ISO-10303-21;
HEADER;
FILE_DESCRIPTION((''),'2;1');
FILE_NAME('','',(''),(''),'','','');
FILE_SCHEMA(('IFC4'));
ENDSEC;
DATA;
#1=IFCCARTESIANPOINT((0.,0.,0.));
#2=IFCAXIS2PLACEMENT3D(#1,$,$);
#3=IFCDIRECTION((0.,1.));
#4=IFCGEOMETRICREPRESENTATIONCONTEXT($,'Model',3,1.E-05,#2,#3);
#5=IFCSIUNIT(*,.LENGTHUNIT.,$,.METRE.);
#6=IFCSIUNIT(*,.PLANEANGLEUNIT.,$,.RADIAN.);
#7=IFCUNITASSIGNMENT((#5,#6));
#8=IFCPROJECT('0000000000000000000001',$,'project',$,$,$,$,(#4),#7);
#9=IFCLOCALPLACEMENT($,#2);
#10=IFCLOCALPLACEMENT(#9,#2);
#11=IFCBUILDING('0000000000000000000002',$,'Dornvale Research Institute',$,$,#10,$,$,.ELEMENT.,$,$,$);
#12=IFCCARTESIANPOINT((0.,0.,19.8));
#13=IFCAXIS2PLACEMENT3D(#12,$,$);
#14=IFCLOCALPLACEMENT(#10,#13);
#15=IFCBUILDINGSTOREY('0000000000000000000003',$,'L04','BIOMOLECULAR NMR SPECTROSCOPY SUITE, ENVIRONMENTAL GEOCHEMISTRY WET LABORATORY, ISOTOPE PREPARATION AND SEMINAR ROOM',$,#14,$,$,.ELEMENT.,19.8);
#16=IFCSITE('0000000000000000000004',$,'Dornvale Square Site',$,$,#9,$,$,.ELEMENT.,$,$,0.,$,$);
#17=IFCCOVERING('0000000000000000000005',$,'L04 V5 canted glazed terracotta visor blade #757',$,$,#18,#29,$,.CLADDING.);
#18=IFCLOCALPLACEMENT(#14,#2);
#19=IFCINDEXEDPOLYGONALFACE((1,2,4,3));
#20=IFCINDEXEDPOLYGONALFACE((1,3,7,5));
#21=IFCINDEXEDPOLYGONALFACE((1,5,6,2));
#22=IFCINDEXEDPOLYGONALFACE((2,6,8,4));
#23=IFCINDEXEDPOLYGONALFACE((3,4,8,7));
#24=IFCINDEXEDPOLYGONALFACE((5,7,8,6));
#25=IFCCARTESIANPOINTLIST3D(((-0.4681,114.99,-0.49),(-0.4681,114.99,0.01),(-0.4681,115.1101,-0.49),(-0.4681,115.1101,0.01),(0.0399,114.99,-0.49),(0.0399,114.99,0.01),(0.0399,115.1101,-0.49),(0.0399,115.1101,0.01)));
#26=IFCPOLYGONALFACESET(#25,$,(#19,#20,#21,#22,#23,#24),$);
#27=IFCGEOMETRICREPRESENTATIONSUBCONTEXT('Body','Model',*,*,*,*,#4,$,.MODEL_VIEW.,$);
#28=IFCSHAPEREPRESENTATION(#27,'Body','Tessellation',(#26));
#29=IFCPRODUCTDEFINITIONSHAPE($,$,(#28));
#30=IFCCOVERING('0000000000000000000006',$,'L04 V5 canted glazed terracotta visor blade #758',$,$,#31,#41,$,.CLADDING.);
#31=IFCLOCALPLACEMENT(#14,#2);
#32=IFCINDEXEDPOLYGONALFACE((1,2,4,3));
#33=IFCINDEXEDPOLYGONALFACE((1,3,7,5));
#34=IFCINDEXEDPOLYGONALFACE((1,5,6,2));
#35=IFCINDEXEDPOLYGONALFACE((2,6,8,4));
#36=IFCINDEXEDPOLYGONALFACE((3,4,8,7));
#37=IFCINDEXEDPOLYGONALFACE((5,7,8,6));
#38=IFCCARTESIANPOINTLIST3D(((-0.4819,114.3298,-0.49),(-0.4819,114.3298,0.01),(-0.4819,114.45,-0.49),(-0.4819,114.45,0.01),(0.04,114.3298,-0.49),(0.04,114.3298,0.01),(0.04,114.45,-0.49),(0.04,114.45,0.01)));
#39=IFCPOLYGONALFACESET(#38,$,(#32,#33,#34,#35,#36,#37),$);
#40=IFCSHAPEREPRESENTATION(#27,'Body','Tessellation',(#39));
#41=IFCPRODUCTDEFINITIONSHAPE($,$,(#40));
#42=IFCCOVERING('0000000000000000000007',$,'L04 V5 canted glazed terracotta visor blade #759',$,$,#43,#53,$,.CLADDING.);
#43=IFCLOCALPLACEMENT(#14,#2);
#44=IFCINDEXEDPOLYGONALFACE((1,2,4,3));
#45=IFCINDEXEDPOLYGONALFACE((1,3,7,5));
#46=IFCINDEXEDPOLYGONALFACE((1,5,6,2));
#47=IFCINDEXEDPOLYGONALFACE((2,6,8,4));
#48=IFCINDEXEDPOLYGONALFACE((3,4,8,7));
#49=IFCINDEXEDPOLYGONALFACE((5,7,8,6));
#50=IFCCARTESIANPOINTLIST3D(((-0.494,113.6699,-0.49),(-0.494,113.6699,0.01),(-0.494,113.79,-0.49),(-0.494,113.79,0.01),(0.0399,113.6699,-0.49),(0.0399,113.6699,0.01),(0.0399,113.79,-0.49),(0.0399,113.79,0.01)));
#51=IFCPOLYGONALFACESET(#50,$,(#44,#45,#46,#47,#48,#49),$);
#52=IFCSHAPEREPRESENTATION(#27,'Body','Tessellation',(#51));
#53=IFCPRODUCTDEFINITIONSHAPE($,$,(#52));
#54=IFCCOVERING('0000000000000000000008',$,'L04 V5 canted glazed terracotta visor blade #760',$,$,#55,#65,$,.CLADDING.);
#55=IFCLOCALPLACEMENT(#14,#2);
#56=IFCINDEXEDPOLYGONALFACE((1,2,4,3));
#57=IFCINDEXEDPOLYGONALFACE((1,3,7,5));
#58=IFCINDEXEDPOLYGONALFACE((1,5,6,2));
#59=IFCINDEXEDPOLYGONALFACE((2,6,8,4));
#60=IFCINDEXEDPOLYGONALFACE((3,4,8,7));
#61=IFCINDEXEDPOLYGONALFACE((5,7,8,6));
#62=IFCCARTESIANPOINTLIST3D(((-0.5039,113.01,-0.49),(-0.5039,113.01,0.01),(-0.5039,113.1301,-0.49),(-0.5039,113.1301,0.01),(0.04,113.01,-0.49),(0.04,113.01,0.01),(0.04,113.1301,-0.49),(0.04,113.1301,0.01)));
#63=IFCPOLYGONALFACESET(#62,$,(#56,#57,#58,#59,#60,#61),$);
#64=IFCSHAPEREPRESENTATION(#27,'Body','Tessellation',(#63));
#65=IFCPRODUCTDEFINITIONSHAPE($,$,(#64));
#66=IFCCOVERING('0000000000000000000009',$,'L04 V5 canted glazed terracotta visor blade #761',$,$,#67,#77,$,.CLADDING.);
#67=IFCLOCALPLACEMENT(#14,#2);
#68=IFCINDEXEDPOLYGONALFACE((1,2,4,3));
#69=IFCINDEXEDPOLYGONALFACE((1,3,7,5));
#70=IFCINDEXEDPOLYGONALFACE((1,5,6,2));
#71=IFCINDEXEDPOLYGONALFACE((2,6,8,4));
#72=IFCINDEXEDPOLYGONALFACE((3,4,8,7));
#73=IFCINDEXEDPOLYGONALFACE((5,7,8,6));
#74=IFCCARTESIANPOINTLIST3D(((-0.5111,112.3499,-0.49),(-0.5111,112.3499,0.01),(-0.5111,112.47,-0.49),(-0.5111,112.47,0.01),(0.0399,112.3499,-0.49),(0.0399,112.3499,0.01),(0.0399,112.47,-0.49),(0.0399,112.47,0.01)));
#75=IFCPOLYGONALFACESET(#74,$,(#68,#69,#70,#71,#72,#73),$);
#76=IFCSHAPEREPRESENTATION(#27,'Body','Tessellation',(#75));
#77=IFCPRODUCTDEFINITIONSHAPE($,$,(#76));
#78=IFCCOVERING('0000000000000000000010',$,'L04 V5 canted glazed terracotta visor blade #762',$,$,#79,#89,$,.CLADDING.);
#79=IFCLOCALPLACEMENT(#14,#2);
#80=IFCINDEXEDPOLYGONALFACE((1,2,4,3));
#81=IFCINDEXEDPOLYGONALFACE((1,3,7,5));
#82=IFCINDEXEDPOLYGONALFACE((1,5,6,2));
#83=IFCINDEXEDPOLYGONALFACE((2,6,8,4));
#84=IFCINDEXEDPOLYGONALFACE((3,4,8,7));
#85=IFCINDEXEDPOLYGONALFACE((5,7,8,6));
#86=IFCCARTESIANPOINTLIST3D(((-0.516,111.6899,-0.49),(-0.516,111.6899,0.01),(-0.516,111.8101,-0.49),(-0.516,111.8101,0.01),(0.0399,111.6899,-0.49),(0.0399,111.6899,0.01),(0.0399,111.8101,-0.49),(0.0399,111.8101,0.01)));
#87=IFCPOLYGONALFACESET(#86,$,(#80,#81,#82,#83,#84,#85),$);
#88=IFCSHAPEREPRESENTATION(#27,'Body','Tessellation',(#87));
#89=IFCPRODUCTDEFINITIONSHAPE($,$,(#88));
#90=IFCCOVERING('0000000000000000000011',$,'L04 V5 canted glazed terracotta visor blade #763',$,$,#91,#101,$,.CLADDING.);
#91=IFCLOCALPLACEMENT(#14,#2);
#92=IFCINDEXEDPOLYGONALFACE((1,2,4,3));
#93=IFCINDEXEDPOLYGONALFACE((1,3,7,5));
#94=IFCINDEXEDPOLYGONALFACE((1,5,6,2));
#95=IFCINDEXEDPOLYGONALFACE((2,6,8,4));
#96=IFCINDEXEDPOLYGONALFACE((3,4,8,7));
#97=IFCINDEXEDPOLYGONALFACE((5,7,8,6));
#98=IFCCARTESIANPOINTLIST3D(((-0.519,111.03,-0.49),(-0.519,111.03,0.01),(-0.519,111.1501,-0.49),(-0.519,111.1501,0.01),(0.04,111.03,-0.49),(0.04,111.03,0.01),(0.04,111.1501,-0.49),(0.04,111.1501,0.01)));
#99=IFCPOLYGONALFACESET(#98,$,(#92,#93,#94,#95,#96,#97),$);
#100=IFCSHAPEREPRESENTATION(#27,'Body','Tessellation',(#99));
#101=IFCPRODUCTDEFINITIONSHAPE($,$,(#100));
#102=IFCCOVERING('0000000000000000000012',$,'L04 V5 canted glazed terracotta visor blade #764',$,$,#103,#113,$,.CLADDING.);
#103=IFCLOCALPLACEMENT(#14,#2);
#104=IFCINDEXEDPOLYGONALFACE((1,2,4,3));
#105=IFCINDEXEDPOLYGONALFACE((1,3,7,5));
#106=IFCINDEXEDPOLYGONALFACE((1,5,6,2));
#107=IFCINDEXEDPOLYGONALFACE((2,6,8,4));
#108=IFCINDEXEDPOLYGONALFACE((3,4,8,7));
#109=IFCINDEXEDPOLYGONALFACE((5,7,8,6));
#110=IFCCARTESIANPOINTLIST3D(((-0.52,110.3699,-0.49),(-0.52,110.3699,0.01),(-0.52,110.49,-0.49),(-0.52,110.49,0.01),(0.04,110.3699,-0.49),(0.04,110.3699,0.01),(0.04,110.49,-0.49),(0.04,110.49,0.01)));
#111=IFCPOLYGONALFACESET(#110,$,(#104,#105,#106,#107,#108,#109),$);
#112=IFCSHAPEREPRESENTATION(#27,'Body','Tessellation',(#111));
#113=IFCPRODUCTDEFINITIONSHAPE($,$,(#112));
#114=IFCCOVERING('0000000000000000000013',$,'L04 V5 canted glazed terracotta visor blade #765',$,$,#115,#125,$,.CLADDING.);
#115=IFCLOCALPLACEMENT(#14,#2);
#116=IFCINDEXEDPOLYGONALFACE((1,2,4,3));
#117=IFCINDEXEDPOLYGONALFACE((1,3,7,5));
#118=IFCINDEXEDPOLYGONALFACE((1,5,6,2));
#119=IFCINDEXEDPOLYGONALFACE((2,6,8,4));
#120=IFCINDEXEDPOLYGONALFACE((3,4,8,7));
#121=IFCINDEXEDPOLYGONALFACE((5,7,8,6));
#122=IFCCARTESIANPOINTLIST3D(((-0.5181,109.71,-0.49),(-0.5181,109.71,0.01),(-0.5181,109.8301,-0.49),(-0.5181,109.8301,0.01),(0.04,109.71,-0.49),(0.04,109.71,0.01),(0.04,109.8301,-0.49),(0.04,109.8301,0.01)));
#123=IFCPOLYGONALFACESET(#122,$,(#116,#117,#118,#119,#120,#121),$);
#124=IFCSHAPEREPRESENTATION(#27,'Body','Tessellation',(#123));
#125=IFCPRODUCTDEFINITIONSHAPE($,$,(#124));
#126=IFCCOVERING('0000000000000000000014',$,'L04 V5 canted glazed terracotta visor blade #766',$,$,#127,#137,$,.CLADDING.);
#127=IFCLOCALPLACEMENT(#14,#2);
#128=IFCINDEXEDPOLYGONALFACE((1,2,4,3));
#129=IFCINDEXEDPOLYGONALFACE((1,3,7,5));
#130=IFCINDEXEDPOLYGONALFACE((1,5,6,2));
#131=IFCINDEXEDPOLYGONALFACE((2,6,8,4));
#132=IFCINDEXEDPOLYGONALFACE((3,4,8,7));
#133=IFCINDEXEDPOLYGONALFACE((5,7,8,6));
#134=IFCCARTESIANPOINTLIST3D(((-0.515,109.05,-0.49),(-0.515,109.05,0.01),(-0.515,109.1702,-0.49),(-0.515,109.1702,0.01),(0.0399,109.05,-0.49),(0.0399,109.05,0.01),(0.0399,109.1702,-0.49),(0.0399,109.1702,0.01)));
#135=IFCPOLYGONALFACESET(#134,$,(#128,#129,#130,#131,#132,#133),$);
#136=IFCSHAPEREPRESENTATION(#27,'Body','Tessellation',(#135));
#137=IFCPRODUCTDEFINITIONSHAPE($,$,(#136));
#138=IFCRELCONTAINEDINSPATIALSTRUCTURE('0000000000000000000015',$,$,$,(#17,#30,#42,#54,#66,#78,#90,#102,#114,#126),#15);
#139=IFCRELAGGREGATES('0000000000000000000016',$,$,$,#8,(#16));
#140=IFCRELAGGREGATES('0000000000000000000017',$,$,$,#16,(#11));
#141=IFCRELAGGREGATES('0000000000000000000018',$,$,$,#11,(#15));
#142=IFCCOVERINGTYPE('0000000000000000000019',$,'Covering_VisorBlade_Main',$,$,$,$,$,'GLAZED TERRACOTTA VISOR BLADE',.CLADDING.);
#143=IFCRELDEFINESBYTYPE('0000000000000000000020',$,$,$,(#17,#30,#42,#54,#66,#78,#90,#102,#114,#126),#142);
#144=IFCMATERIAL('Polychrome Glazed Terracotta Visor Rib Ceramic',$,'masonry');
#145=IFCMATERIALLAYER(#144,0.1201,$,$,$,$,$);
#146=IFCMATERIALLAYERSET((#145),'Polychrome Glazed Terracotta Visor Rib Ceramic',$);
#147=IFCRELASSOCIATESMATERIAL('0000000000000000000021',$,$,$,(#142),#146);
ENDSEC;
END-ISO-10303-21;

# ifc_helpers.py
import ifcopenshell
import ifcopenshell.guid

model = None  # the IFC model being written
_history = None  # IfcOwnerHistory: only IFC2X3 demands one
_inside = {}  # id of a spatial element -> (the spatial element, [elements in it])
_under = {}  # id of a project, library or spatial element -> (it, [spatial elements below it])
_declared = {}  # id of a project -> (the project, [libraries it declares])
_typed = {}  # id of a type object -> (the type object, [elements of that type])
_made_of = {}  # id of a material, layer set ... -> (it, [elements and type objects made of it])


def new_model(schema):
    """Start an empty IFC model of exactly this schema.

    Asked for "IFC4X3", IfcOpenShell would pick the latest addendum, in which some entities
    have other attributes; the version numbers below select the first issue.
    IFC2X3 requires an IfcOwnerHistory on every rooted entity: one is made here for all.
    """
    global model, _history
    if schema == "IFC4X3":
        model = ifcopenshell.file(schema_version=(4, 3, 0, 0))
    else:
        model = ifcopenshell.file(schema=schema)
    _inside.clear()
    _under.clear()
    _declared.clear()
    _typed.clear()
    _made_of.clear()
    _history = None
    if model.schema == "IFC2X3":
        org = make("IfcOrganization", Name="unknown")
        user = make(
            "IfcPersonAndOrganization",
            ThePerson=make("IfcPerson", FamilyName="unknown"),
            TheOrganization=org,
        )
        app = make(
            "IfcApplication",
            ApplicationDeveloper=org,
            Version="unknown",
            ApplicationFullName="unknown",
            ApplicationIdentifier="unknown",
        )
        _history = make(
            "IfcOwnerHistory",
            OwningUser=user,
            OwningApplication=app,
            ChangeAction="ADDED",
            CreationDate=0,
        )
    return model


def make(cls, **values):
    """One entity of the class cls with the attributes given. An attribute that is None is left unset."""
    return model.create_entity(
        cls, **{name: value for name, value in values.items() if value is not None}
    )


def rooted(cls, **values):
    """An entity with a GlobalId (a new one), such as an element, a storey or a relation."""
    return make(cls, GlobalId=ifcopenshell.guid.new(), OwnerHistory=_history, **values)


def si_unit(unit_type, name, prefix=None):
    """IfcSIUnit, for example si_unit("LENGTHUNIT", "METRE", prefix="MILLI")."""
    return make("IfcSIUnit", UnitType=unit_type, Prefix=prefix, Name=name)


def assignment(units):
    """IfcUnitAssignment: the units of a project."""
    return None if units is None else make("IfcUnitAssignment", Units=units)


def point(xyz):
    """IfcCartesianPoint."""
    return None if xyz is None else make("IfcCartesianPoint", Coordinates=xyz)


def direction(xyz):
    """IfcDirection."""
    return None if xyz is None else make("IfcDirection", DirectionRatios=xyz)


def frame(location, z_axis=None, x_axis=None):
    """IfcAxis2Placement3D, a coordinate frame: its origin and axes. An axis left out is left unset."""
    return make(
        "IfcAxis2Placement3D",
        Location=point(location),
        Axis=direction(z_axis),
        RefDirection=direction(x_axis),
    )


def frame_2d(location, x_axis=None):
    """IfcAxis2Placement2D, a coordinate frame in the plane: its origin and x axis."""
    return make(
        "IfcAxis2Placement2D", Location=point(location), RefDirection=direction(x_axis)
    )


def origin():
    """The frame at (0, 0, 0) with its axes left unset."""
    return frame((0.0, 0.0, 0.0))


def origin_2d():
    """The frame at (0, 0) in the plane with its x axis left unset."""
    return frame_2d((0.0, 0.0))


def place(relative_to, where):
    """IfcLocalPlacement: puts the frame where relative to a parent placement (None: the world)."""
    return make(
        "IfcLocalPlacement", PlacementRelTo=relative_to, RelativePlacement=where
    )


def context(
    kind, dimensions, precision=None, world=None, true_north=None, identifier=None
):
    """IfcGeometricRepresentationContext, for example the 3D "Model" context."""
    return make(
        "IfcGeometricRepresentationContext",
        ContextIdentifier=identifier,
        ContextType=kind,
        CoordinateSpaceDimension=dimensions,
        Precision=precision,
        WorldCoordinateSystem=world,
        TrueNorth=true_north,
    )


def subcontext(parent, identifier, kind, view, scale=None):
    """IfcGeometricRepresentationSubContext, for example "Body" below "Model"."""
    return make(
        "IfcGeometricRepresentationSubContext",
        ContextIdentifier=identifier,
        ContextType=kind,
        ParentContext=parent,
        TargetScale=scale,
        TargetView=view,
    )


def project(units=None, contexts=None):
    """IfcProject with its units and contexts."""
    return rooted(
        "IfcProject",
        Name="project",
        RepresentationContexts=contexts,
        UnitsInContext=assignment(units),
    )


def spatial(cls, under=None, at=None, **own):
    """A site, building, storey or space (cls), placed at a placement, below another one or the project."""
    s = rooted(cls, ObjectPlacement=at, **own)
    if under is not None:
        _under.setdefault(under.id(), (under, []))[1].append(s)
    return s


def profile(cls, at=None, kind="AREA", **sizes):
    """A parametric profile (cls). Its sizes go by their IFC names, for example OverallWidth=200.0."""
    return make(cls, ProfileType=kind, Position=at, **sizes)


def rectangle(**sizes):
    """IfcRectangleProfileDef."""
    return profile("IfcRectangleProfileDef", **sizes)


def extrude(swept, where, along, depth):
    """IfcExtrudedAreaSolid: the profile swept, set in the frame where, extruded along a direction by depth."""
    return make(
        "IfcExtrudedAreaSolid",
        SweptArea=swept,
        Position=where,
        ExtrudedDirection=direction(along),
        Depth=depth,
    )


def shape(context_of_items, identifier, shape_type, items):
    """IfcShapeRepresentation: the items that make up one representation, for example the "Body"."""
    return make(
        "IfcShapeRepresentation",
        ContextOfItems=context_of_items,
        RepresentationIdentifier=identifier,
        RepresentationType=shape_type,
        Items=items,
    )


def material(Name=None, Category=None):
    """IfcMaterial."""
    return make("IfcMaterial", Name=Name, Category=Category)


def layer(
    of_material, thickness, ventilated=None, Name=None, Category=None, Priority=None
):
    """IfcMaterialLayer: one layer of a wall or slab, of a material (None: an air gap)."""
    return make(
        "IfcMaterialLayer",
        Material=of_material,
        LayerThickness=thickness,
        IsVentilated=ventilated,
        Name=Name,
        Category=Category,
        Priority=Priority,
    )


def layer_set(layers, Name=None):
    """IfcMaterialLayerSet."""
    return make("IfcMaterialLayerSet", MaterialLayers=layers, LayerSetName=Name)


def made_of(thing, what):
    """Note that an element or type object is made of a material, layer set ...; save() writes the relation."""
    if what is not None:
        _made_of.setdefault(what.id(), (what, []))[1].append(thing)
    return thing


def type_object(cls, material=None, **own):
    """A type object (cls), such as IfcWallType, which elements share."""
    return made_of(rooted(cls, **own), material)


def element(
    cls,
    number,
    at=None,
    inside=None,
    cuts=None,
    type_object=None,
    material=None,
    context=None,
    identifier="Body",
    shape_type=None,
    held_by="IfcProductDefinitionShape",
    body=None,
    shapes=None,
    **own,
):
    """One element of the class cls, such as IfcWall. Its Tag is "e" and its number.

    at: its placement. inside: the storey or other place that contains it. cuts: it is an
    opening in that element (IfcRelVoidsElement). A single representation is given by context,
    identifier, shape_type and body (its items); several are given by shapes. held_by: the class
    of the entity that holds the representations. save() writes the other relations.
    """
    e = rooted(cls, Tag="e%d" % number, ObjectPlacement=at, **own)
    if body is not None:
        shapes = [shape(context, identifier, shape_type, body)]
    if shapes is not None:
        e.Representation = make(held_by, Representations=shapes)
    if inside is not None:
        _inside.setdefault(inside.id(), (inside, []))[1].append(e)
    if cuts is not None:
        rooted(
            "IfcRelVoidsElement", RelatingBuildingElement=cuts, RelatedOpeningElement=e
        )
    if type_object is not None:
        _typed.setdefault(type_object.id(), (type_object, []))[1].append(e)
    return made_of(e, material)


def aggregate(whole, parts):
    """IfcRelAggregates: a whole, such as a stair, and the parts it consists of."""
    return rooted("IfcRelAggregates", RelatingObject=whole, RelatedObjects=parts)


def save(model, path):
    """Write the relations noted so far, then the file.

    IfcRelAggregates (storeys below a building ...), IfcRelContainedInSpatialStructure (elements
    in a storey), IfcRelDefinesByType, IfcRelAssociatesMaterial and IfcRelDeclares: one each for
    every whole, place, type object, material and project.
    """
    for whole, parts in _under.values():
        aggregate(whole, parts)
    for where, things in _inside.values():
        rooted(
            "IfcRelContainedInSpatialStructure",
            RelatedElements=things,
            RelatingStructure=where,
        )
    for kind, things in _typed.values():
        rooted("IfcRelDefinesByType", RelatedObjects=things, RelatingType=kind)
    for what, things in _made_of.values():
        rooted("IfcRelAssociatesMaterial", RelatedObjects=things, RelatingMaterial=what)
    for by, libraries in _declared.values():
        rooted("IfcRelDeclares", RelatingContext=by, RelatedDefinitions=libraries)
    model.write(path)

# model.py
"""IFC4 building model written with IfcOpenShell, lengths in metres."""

from ifc_helpers import new_model, si_unit, direction, frame, origin, origin_2d, place, context, subcontext, project, spatial, rectangle, extrude, material, layer, layer_set, type_object, element, save


model = new_model("IFC4")

# Units and contexts
model_context = context("Model", 3, precision=1e-05, world=origin(), true_north=direction((0.0, 1.0)))
body_context = subcontext(model_context, "Body", "Model", "MODEL_VIEW")
ifc_project = project(units=[si_unit("LENGTHUNIT", "METRE"), si_unit("PLANEANGLEUNIT", "RADIAN")], contexts=[model_context])

# Site, building, storey
site_placement = place(None, origin())
site = spatial("IfcSite", under=ifc_project, at=site_placement, Name="Dornvale Square Site", CompositionType="ELEMENT", RefElevation=0.0)
building_placement = place(site_placement, origin())
building = spatial("IfcBuilding", under=site, at=building_placement, Name="Dornvale Research Institute", CompositionType="ELEMENT")
storey_placement = place(building_placement, frame((0.0, 0.0, 19.8)))
storey = spatial("IfcBuildingStorey", under=building, at=storey_placement, Name="L04", Description="BIOMOLECULAR NMR SPECTROSCOPY SUITE, ENVIRONMENTAL GEOCHEMISTRY WET LABORATORY, ISOTOPE PREPARATION AND SEMINAR ROOM", CompositionType="ELEMENT", Elevation=19.8)

# Coverings
ifc_material_1 = material(Name="Polychrome Glazed Terracotta Visor Rib Ceramic", Category="masonry")
ifc_layer_1 = layer(ifc_material_1, 0.1201)
ifc_layer_set_1 = layer_set([ifc_layer_1], Name="Polychrome Glazed Terracotta Visor Rib Ceramic")
covering_type = type_object("IfcCoveringType", Name="Covering_VisorBlade_Main", ElementType="GLAZED TERRACOTTA VISOR BLADE", PredefinedType="CLADDING", material=ifc_layer_set_1)
covering_1_placement = place(storey_placement, frame((-0.2141, 115.05, -0.49), z_axis=(0.0, 0.0, 1.0), x_axis=(1.0, 0.0, 0.0)))
element("IfcCovering", 1, at=covering_1_placement, inside=storey, type_object=covering_type, Name="L04 V5 canted glazed terracotta visor blade #757", PredefinedType="CLADDING", context=body_context, shape_type="SweptSolid", body=[
    extrude(rectangle(XDim=0.5081, YDim=0.1201, at=origin_2d()), origin(), (0.0, 0.0, 1.0), 0.5),
])
covering_2_placement = place(storey_placement, frame((-0.2209, 114.3899, -0.49), z_axis=(0.0, 0.0, 1.0), x_axis=(1.0, 0.0, 0.0)))
element("IfcCovering", 2, at=covering_2_placement, inside=storey, type_object=covering_type, Name="L04 V5 canted glazed terracotta visor blade #758", PredefinedType="CLADDING", context=body_context, shape_type="SweptSolid", body=[
    extrude(rectangle(XDim=0.522, YDim=0.1201, at=origin_2d()), origin(), (0.0, 0.0, 1.0), 0.5),
])
covering_3_placement = place(storey_placement, frame((-0.2271, 113.73, -0.49), z_axis=(0.0, 0.0, 1.0), x_axis=(1.0, 0.0, 0.0)))
element("IfcCovering", 3, at=covering_3_placement, inside=storey, type_object=covering_type, Name="L04 V5 canted glazed terracotta visor blade #759", PredefinedType="CLADDING", context=body_context, shape_type="SweptSolid", body=[
    extrude(rectangle(XDim=0.5339, YDim=0.1201, at=origin_2d()), origin(), (0.0, 0.0, 1.0), 0.5),
])
covering_4_placement = place(storey_placement, frame((-0.2319, 113.0701, -0.49), z_axis=(0.0, 0.0, 1.0), x_axis=(1.0, 0.0, 0.0)))
element("IfcCovering", 4, at=covering_4_placement, inside=storey, type_object=covering_type, Name="L04 V5 canted glazed terracotta visor blade #760", PredefinedType="CLADDING", context=body_context, shape_type="SweptSolid", body=[
    extrude(rectangle(XDim=0.5439, YDim=0.1201, at=origin_2d()), origin(), (0.0, 0.0, 1.0), 0.5),
])
covering_5_placement = place(storey_placement, frame((-0.2356, 112.4099, -0.49), z_axis=(0.0, 0.0, 1.0), x_axis=(1.0, 0.0, 0.0)))
element("IfcCovering", 5, at=covering_5_placement, inside=storey, type_object=covering_type, Name="L04 V5 canted glazed terracotta visor blade #761", PredefinedType="CLADDING", context=body_context, shape_type="SweptSolid", body=[
    extrude(rectangle(XDim=0.551, YDim=0.1201, at=origin_2d()), origin(), (0.0, 0.0, 1.0), 0.5),
])
covering_6_placement = place(storey_placement, frame((-0.238, 111.75, -0.49), z_axis=(0.0, 0.0, 1.0), x_axis=(1.0, 0.0, 0.0)))
element("IfcCovering", 6, at=covering_6_placement, inside=storey, type_object=covering_type, Name="L04 V5 canted glazed terracotta visor blade #762", PredefinedType="CLADDING", context=body_context, shape_type="SweptSolid", body=[
    extrude(rectangle(XDim=0.5559, YDim=0.1201, at=origin_2d()), origin(), (0.0, 0.0, 1.0), 0.5),
])
covering_7_placement = place(storey_placement, frame((-0.2395, 111.0901, -0.49), z_axis=(0.0, 0.0, 1.0), x_axis=(1.0, 0.0, 0.0)))
element("IfcCovering", 7, at=covering_7_placement, inside=storey, type_object=covering_type, Name="L04 V5 canted glazed terracotta visor blade #763", PredefinedType="CLADDING", context=body_context, shape_type="SweptSolid", body=[
    extrude(rectangle(XDim=0.5591, YDim=0.1201, at=origin_2d()), origin(), (0.0, 0.0, 1.0), 0.5),
])
covering_8_placement = place(storey_placement, frame((-0.24, 110.4299, -0.49), z_axis=(0.0, 0.0, 1.0), x_axis=(1.0, 0.0, 0.0)))
element("IfcCovering", 8, at=covering_8_placement, inside=storey, type_object=covering_type, Name="L04 V5 canted glazed terracotta visor blade #764", PredefinedType="CLADDING", context=body_context, shape_type="SweptSolid", body=[
    extrude(rectangle(XDim=0.5601, YDim=0.1201, at=origin_2d()), origin(), (0.0, 0.0, 1.0), 0.5),
])
covering_9_placement = place(storey_placement, frame((-0.239, 109.77, -0.49), z_axis=(0.0, 0.0, 1.0), x_axis=(1.0, 0.0, 0.0)))
element("IfcCovering", 9, at=covering_9_placement, inside=storey, type_object=covering_type, Name="L04 V5 canted glazed terracotta visor blade #765", PredefinedType="CLADDING", context=body_context, shape_type="SweptSolid", body=[
    extrude(rectangle(XDim=0.5581, YDim=0.1201, at=origin_2d()), origin(), (0.0, 0.0, 1.0), 0.5),
])
covering_10_placement = place(storey_placement, frame((-0.2375, 109.1101, -0.49), z_axis=(0.0, 0.0, 1.0), x_axis=(1.0, 0.0, 0.0)))
element("IfcCovering", 10, at=covering_10_placement, inside=storey, type_object=covering_type, Name="L04 V5 canted glazed terracotta visor blade #766", PredefinedType="CLADDING", context=body_context, shape_type="SweptSolid", body=[
    extrude(rectangle(XDim=0.5549, YDim=0.1201, at=origin_2d()), origin(), (0.0, 0.0, 1.0), 0.5),
])

save(model, "model.ifc")
